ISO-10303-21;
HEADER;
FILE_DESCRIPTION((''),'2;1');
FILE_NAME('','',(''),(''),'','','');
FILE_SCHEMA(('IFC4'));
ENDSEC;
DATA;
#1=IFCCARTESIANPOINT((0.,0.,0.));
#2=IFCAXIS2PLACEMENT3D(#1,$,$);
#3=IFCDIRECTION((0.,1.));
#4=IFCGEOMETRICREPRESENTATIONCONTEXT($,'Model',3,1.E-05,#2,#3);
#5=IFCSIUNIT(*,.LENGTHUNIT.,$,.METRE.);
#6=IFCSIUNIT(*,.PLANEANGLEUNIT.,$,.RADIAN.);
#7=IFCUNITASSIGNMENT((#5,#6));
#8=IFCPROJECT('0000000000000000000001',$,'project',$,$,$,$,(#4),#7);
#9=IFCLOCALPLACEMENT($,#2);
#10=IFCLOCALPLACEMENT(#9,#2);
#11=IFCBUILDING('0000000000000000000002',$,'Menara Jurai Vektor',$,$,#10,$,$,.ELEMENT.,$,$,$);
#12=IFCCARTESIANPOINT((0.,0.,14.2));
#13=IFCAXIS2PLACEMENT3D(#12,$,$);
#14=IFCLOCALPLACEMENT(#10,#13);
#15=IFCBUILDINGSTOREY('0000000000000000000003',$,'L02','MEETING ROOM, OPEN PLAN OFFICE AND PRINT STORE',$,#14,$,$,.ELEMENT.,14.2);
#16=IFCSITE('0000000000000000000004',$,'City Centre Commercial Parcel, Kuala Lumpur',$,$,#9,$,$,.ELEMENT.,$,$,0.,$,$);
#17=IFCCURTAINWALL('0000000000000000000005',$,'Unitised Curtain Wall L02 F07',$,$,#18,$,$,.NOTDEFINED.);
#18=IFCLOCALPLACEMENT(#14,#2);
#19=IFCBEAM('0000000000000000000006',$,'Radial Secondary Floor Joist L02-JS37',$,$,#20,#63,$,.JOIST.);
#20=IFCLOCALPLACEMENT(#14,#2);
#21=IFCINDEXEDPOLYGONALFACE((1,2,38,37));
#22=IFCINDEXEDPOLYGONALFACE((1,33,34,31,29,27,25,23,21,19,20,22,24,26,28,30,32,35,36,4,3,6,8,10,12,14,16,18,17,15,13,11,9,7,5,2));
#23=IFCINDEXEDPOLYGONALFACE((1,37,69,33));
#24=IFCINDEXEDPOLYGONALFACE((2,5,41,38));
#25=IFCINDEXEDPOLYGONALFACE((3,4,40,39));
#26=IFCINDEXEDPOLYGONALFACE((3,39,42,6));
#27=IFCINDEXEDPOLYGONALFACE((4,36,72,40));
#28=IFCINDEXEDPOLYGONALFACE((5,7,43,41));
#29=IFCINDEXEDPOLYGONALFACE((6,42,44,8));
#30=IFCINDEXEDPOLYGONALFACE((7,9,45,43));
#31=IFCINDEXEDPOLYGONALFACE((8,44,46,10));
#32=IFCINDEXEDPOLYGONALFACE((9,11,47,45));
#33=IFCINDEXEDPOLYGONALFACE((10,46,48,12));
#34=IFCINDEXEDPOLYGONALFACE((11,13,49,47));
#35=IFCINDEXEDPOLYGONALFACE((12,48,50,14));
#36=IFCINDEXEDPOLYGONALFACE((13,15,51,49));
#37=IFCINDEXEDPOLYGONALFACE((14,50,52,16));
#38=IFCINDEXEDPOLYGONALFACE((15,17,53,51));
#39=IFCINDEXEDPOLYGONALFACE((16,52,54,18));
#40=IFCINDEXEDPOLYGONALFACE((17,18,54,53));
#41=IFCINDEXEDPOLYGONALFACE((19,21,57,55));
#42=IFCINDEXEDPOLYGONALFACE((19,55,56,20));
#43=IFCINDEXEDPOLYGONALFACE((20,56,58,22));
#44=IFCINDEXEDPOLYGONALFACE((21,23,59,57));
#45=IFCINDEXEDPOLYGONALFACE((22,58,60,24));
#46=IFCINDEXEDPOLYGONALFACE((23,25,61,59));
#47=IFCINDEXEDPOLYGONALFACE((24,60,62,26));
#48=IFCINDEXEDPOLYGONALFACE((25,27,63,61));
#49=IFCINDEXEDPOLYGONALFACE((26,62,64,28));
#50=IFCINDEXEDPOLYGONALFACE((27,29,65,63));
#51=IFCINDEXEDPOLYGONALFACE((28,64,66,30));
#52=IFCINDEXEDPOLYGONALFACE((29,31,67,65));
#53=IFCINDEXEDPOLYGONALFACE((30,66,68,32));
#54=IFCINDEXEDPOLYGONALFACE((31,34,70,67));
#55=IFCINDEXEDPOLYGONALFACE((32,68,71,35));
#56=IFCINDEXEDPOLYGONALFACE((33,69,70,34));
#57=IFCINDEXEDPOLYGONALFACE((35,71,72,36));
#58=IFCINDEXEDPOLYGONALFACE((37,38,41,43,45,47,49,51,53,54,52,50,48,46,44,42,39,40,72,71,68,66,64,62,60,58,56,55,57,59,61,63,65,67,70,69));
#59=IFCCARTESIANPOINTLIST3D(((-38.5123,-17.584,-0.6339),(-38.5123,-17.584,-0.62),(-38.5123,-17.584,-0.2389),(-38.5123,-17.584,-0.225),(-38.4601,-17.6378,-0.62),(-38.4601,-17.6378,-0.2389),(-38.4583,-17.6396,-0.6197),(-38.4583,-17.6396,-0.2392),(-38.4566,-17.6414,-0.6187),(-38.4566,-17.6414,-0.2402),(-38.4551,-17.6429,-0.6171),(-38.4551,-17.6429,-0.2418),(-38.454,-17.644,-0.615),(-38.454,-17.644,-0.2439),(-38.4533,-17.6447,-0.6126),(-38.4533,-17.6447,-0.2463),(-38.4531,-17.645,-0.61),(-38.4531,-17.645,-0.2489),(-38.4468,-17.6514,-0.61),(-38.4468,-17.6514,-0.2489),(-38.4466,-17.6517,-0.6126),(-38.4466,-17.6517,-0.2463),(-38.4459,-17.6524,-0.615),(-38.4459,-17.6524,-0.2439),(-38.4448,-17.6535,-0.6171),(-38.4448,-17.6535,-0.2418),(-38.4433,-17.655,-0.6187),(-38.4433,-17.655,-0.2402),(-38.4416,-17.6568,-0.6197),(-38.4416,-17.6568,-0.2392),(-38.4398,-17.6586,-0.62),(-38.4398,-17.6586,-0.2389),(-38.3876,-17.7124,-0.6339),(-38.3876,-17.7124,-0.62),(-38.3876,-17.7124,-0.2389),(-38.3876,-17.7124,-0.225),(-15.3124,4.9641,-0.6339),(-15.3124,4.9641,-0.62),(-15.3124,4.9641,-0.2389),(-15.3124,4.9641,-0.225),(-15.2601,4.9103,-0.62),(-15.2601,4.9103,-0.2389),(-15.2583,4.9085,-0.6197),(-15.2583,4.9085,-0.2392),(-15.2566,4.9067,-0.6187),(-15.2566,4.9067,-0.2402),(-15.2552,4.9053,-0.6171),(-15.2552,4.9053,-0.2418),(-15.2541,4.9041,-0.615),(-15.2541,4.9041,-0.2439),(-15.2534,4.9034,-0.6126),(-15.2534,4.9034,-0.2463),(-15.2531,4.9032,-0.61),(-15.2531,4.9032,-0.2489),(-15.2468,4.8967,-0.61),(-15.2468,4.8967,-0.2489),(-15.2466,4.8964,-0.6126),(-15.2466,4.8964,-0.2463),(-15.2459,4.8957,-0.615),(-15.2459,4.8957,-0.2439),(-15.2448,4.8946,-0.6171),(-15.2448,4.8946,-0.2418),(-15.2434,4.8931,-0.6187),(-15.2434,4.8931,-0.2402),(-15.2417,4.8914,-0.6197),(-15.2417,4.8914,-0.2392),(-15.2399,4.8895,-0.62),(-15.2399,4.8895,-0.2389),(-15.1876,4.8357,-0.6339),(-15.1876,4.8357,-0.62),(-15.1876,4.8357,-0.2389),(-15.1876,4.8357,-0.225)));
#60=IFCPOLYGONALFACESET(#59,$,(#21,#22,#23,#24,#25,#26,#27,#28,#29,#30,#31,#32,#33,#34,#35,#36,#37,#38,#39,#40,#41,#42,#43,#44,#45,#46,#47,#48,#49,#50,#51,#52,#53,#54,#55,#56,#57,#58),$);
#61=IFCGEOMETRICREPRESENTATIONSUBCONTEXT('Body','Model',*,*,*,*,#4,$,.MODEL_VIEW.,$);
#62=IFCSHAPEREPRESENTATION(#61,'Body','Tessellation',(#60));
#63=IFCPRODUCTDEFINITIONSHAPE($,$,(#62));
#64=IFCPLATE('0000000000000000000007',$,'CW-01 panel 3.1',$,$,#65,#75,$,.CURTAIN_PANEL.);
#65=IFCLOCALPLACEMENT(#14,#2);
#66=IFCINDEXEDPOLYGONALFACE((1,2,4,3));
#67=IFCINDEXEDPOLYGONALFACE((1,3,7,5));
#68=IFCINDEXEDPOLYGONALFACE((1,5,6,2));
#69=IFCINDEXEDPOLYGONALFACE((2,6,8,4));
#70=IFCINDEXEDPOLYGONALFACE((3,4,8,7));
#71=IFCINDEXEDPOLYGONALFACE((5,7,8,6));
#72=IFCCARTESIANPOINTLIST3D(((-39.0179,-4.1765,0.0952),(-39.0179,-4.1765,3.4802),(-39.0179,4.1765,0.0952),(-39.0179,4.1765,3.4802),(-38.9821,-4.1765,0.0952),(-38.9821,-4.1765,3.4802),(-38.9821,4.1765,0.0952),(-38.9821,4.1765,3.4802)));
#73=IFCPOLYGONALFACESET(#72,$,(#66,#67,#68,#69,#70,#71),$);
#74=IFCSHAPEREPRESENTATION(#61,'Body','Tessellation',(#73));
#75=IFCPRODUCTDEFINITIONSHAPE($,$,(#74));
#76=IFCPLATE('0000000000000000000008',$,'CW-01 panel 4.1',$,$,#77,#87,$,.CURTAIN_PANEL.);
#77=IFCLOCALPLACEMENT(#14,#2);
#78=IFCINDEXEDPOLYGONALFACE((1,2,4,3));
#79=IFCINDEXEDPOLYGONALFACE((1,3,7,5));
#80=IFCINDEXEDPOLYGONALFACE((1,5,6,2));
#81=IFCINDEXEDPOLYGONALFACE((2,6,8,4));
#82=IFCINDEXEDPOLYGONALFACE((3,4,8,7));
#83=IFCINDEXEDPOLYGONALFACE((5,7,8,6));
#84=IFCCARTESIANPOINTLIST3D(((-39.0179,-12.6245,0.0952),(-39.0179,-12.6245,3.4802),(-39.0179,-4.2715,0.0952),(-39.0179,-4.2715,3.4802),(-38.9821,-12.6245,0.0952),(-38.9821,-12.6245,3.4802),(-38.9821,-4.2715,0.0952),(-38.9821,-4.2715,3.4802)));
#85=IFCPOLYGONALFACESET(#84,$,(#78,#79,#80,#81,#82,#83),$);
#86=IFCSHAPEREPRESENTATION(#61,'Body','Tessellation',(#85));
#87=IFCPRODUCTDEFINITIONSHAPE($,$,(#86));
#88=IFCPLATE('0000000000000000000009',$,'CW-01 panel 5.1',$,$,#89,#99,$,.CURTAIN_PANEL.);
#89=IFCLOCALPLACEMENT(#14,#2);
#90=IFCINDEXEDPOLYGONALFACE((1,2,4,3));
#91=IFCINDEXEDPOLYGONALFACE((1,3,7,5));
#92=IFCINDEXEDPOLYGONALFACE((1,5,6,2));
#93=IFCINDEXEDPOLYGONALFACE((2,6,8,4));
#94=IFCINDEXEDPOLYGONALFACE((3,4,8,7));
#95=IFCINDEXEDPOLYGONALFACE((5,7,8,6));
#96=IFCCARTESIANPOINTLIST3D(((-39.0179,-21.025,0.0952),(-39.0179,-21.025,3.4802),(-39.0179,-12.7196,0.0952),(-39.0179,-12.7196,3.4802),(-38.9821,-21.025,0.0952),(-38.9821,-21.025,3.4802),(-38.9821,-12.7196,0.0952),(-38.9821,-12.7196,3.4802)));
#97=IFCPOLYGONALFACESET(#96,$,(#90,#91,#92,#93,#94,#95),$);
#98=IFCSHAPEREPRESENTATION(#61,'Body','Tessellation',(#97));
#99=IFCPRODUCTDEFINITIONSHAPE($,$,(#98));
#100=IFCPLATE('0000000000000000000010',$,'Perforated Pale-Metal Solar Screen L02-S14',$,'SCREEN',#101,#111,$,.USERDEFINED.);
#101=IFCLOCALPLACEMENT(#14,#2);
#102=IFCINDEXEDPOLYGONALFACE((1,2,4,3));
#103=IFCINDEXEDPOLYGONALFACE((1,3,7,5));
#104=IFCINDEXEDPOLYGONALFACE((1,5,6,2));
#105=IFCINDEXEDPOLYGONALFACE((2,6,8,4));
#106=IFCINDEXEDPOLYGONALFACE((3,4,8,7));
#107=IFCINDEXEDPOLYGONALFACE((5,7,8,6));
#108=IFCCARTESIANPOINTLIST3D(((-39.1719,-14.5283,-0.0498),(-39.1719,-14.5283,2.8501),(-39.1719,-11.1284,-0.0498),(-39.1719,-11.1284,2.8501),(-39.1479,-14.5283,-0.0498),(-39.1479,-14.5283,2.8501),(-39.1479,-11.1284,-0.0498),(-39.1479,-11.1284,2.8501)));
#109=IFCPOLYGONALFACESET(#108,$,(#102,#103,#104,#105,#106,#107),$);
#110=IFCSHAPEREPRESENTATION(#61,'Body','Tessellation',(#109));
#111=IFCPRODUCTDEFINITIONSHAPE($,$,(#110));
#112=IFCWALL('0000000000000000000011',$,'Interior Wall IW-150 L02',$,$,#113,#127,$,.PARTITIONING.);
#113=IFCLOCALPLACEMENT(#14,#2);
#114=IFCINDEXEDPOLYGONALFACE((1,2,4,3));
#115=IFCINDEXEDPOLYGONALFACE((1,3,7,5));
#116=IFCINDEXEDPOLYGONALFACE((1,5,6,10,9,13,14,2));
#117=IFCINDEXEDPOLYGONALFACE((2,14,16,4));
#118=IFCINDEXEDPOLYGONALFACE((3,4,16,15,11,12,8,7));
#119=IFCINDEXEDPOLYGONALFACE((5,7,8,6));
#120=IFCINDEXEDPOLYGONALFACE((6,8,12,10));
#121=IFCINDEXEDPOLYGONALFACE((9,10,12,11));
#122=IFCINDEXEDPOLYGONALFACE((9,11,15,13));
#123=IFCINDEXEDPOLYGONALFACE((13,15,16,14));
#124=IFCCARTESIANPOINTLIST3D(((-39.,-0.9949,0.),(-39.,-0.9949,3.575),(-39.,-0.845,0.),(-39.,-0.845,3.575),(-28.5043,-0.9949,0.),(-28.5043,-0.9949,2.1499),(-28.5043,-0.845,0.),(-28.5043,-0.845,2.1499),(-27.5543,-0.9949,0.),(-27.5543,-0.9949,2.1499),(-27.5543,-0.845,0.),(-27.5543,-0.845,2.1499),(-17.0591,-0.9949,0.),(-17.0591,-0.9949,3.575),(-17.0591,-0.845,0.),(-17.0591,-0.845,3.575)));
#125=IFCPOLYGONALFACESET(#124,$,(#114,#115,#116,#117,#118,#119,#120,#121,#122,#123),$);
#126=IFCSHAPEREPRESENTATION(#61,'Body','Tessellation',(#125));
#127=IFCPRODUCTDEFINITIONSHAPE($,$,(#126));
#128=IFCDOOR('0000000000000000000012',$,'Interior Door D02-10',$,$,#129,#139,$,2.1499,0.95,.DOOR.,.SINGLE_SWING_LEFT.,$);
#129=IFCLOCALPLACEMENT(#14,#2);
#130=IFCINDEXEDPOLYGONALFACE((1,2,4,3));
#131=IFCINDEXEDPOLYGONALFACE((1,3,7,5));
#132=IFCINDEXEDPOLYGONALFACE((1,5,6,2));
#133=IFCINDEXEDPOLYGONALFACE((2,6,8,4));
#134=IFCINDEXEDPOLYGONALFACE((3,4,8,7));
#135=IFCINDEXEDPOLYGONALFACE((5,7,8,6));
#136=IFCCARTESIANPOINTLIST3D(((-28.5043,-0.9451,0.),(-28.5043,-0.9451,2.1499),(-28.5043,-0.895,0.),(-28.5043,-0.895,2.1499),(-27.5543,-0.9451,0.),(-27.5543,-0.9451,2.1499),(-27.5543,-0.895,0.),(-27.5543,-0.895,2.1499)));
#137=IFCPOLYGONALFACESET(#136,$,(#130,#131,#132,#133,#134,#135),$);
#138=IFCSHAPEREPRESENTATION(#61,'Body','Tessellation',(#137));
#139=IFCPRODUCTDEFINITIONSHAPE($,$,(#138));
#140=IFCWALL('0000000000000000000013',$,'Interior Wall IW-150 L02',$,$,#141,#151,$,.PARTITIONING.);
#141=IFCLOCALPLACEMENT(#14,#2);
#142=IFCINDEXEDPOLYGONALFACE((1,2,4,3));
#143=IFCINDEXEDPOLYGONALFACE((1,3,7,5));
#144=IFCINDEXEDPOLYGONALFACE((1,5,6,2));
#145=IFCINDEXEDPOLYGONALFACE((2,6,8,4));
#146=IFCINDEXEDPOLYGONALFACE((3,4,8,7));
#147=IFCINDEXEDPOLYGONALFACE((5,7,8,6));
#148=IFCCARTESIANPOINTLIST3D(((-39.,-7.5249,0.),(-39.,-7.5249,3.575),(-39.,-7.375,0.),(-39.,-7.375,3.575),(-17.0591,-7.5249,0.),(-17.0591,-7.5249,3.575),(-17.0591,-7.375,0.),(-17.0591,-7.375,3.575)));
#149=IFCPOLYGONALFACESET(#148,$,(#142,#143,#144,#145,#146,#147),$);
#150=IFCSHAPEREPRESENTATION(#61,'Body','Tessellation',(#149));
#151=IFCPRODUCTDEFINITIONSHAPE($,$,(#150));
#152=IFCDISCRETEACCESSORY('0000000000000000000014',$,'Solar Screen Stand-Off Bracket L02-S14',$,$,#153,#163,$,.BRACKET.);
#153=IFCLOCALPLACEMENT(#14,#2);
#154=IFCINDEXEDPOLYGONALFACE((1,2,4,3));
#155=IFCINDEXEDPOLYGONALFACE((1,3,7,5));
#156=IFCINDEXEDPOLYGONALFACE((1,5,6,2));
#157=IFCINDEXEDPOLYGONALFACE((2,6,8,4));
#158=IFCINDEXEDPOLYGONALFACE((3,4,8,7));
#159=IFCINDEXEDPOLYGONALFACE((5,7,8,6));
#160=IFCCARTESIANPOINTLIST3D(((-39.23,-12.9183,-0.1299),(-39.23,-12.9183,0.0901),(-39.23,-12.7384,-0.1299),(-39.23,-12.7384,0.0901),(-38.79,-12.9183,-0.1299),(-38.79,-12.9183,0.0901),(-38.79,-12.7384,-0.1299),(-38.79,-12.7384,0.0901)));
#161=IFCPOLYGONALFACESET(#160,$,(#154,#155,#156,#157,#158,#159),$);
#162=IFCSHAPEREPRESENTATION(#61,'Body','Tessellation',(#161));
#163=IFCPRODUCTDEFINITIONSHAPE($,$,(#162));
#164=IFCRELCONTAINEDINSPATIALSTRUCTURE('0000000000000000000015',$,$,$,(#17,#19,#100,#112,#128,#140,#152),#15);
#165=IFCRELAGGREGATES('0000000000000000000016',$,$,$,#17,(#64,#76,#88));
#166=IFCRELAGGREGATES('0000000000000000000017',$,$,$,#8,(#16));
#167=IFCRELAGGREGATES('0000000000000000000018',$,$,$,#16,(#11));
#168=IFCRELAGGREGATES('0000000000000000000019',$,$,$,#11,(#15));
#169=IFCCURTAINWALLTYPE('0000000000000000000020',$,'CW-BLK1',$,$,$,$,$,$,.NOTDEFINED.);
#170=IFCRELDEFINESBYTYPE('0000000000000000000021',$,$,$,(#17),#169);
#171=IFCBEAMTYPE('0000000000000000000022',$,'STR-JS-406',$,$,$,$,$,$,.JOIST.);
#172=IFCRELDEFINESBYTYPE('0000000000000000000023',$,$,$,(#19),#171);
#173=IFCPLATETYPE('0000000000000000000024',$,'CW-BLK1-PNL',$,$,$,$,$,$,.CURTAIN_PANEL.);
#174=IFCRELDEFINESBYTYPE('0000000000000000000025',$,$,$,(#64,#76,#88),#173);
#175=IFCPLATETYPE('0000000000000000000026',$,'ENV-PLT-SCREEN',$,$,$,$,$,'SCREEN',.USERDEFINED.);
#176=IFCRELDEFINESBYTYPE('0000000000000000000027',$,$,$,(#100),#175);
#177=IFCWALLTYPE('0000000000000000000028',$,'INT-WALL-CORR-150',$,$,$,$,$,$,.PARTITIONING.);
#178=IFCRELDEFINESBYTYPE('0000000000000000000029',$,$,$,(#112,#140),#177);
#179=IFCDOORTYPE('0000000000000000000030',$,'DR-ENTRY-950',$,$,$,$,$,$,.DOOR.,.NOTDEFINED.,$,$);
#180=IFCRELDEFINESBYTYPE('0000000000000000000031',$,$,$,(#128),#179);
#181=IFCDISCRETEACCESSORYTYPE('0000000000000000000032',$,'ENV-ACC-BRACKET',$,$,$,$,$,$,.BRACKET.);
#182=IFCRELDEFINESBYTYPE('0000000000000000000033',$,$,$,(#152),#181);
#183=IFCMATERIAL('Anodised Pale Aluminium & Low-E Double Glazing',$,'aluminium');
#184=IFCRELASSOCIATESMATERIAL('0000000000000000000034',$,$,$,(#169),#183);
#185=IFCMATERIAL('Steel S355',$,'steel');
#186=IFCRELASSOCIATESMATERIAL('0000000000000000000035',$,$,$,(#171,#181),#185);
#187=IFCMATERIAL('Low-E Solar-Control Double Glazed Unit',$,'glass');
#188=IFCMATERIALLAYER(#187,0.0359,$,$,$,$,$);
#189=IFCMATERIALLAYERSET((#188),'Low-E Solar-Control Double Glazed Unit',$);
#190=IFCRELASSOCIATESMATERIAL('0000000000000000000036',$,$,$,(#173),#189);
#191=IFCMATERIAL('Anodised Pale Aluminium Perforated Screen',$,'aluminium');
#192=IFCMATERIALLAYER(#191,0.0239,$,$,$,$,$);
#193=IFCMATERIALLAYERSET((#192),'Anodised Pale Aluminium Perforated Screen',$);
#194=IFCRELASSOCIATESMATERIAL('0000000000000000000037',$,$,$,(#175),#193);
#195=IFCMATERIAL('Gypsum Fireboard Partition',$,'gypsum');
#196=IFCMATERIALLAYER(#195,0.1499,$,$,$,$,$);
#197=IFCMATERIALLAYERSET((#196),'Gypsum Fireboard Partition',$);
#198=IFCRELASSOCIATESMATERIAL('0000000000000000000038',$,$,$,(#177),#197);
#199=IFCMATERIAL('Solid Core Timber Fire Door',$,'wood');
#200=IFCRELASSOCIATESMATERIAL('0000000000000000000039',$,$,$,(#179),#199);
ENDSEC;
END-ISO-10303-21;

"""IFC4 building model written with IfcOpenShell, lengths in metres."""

from ifc_helpers import new_model, si_unit, direction, frame, frame_2d, origin, origin_2d, place, context, subcontext, project, spatial, rectangle, i_section, extrude, material, layer, layer_set, material_profile, profile_set, type_object, element, fill, aggregate, save


model = new_model("IFC4")

# Units and contexts
model_context = context("Model", 3, precision=1e-05, world=origin(), true_north=direction((0.0, 1.0)))
body_context = subcontext(model_context, "Body", "Model", "MODEL_VIEW")
ifc_project = project(units=[si_unit("LENGTHUNIT", "METRE"), si_unit("PLANEANGLEUNIT", "RADIAN")], contexts=[model_context])

# Site, building, storey
site_placement = place(None, origin())
site = spatial("IfcSite", under=ifc_project, at=site_placement, Name="City Centre Commercial Parcel, Kuala Lumpur", CompositionType="ELEMENT", RefElevation=0.0)
building_placement = place(site_placement, origin())
building = spatial("IfcBuilding", under=site, at=building_placement, Name="Menara Jurai Vektor", CompositionType="ELEMENT")
storey_placement = place(building_placement, frame((0.0, 0.0, 14.2)))
storey = spatial("IfcBuildingStorey", under=building, at=storey_placement, Name="L02", Description="MEETING ROOM, OPEN PLAN OFFICE AND PRINT STORE", CompositionType="ELEMENT", Elevation=14.2)

# Curtain wall
ifc_material_1 = material(Name="Anodised Pale Aluminium & Low-E Double Glazing", Category="aluminium")
curtain_wall_type = type_object("IfcCurtainWallType", Name="CW-BLK1", PredefinedType="NOTDEFINED", material=ifc_material_1)
curtain_wall_1_placement = place(storey_placement, origin())
curtain_wall_1 = element("IfcCurtainWall", 1, at=curtain_wall_1_placement, inside=storey, type_object=curtain_wall_type, Name="Unitised Curtain Wall L02 F07", PredefinedType="NOTDEFINED")

# Shared definitions
ifc_material_2 = material(Name="Steel S355", Category="steel")

# Beam
ifc_material_profile_1 = material_profile(ifc_material_2, i_section(OverallWidth=0.179, OverallDepth=0.4089, WebThickness=0.009, FlangeThickness=0.0139, FilletRadius=0.01, at=origin_2d()), Name="UKB 406x178x67")
ifc_profile_set_1 = profile_set([ifc_material_profile_1], Name="Steel S355")
beam_type_1 = type_object("IfcBeamType", Name="STR-JS-406", PredefinedType="JOIST", material=ifc_profile_set_1)
beam_1_placement = place(storey_placement, frame((-38.45, -17.6482, -0.4294), z_axis=(0.717109, 0.696961, 0.0), x_axis=(-0.696961, 0.717109, 0.0)))
element("IfcBeam", 2, at=beam_1_placement, inside=storey, type_object=beam_type_1, Name="Radial Secondary Floor Joist L02-JS37", PredefinedType="JOIST", context=body_context, shape_type="SweptSolid", body=[
    extrude(i_section(OverallWidth=0.179, OverallDepth=0.4089, WebThickness=0.009, FlangeThickness=0.0139, FilletRadius=0.01, at=origin_2d()), origin(), (0.0, 0.0, 1.0), 32.3521),
])

# Plates
ifc_material_3 = material(Name="Low-E Solar-Control Double Glazed Unit", Category="glass")
ifc_layer_1 = layer(ifc_material_3, 0.0359)
ifc_layer_set_1 = layer_set([ifc_layer_1], Name="Low-E Solar-Control Double Glazed Unit")
plate_type_1 = type_object("IfcPlateType", Name="CW-BLK1-PNL", PredefinedType="CURTAIN_PANEL", material=ifc_layer_set_1)
plate_1_placement = place(storey_placement, frame((-39.0, 0.0, 0.0952), z_axis=(0.0, 0.0, 1.0), x_axis=(0.0, -1.0, 0.0)))
plate_1 = element("IfcPlate", 3, at=plate_1_placement, type_object=plate_type_1, Name="CW-01 panel 3.1", PredefinedType="CURTAIN_PANEL", context=body_context, shape_type="SweptSolid", body=[
    extrude(rectangle(XDim=8.353, YDim=0.0359, at=origin_2d()), origin(), (0.0, 0.0, 1.0), 3.385),
])
plate_2_placement = place(storey_placement, frame((-39.0, -8.448, 0.0952), z_axis=(0.0, 0.0, 1.0), x_axis=(0.0, -1.0, 0.0)))
plate_2 = element("IfcPlate", 4, at=plate_2_placement, type_object=plate_type_1, Name="CW-01 panel 4.1", PredefinedType="CURTAIN_PANEL", context=body_context, shape_type="SweptSolid", body=[
    extrude(rectangle(XDim=8.353, YDim=0.0359, at=origin_2d()), origin(), (0.0, 0.0, 1.0), 3.385),
])
plate_3_placement = place(storey_placement, frame((-39.0, -16.8723, 0.0952), z_axis=(0.0, 0.0, 1.0), x_axis=(0.0, -1.0, 0.0)))
plate_3 = element("IfcPlate", 5, at=plate_3_placement, type_object=plate_type_1, Name="CW-01 panel 5.1", PredefinedType="CURTAIN_PANEL", context=body_context, shape_type="SweptSolid", body=[
    extrude(rectangle(XDim=8.3054, YDim=0.0359, at=origin_2d()), origin(), (0.0, 0.0, 1.0), 3.385),
])
aggregate(curtain_wall_1, [plate_1, plate_2, plate_3])
ifc_material_4 = material(Name="Anodised Pale Aluminium Perforated Screen", Category="aluminium")
ifc_layer_2 = layer(ifc_material_4, 0.0239)
ifc_layer_set_2 = layer_set([ifc_layer_2], Name="Anodised Pale Aluminium Perforated Screen")
plate_type_2 = type_object("IfcPlateType", Name="ENV-PLT-SCREEN", ElementType="SCREEN", PredefinedType="USERDEFINED", material=ifc_layer_set_2)
plate_4_placement = place(storey_placement, frame((-39.1599, -12.8284, -0.0498), z_axis=(0.0, 0.0, 1.0), x_axis=(0.0, -1.0, 0.0)))
element("IfcPlate", 6, at=plate_4_placement, inside=storey, type_object=plate_type_2, Name="Perforated Pale-Metal Solar Screen L02-S14", ObjectType="SCREEN", PredefinedType="USERDEFINED", context=body_context, shape_type="SweptSolid", body=[
    extrude(rectangle(XDim=3.3999, YDim=0.0239, at=origin_2d()), origin(), (0.0, 0.0, 1.0), 2.8999),
])

# Wall, opening, door
ifc_material_5 = material(Name="Gypsum Fireboard Partition", Category="gypsum")
ifc_layer_3 = layer(ifc_material_5, 0.1499)
ifc_layer_set_3 = layer_set([ifc_layer_3], Name="Gypsum Fireboard Partition")
wall_type = type_object("IfcWallType", Name="INT-WALL-CORR-150", PredefinedType="PARTITIONING", material=ifc_layer_set_3)
wall_1_placement = place(storey_placement, frame((-39.0, -0.9199, 0.0), z_axis=(0.0, 0.0, 1.0), x_axis=(1.0, 0.0, 0.0)))
wall_1 = element("IfcWall", 7, at=wall_1_placement, inside=storey, type_object=wall_type, Name="Interior Wall IW-150 L02", PredefinedType="PARTITIONING", context=body_context, shape_type="SweptSolid", body=[
    extrude(rectangle(XDim=21.9409, YDim=0.1499, at=frame_2d((10.9705, 0.0))), origin(), (0.0, 0.0, 1.0), 3.575),
])
opening_placement = place(wall_1_placement, frame((10.4956, 0.0, 0.0)))
opening = element("IfcOpeningElement", 8, at=opening_placement, cuts=wall_1, PredefinedType="OPENING", context=body_context, shape_type="SweptSolid", body=[
    extrude(rectangle(XDim=0.95, YDim=2.1499, at=frame_2d((0.4751, 1.075))), frame((0.0, 0.085, 0.0), z_axis=(0.0, -1.0, 0.0), x_axis=(1.0, 0.0, 0.0)), (0.0, 0.0, 1.0), 0.1699),
])
ifc_material_6 = material(Name="Solid Core Timber Fire Door", Category="wood")
door_type = type_object("IfcDoorType", Name="DR-ENTRY-950", OperationType="NOTDEFINED", PredefinedType="DOOR", material=ifc_material_6)
door_placement = place(opening_placement, origin())
door = element("IfcDoor", 9, at=door_placement, inside=storey, type_object=door_type, Name="Interior Door D02-10", OperationType="SINGLE_SWING_LEFT", OverallHeight=2.1499, OverallWidth=0.95, PredefinedType="DOOR", context=body_context, shape_type="SweptSolid", body=[
    extrude(rectangle(XDim=0.95, YDim=2.1499, at=frame_2d((0.4751, 1.075))), frame((0.0, 0.0249, 0.0), z_axis=(0.0, -1.0, 0.0), x_axis=(1.0, 0.0, 0.0)), (0.0, 0.0, 1.0), 0.05),
])
fill(opening, door)

# Wall
wall_2_placement = place(storey_placement, frame((-39.0, -7.45, 0.0), z_axis=(0.0, 0.0, 1.0), x_axis=(1.0, 0.0, 0.0)))
element("IfcWall", 10, at=wall_2_placement, inside=storey, type_object=wall_type, Name="Interior Wall IW-150 L02", PredefinedType="PARTITIONING", context=body_context, shape_type="SweptSolid", body=[
    extrude(rectangle(XDim=21.9409, YDim=0.1499, at=frame_2d((10.9705, 0.0))), origin(), (0.0, 0.0, 1.0), 3.575),
])

# Discrete accessory
discrete_accessory_type = type_object("IfcDiscreteAccessoryType", Name="ENV-ACC-BRACKET", PredefinedType="BRACKET", material=ifc_material_2)
discrete_accessory_placement = place(storey_placement, frame((-39.01, -12.8284, -0.1299), z_axis=(0.0, 0.0, 1.0), x_axis=(0.0, -1.0, 0.0)))
element("IfcDiscreteAccessory", 11, at=discrete_accessory_placement, inside=storey, type_object=discrete_accessory_type, Name="Solar Screen Stand-Off Bracket L02-S14", PredefinedType="BRACKET", context=body_context, shape_type="SweptSolid", body=[
    extrude(rectangle(XDim=0.1799, YDim=0.4399, at=origin_2d()), origin(), (0.0, 0.0, 1.0), 0.22),
])

save(model, "model.ifc")
